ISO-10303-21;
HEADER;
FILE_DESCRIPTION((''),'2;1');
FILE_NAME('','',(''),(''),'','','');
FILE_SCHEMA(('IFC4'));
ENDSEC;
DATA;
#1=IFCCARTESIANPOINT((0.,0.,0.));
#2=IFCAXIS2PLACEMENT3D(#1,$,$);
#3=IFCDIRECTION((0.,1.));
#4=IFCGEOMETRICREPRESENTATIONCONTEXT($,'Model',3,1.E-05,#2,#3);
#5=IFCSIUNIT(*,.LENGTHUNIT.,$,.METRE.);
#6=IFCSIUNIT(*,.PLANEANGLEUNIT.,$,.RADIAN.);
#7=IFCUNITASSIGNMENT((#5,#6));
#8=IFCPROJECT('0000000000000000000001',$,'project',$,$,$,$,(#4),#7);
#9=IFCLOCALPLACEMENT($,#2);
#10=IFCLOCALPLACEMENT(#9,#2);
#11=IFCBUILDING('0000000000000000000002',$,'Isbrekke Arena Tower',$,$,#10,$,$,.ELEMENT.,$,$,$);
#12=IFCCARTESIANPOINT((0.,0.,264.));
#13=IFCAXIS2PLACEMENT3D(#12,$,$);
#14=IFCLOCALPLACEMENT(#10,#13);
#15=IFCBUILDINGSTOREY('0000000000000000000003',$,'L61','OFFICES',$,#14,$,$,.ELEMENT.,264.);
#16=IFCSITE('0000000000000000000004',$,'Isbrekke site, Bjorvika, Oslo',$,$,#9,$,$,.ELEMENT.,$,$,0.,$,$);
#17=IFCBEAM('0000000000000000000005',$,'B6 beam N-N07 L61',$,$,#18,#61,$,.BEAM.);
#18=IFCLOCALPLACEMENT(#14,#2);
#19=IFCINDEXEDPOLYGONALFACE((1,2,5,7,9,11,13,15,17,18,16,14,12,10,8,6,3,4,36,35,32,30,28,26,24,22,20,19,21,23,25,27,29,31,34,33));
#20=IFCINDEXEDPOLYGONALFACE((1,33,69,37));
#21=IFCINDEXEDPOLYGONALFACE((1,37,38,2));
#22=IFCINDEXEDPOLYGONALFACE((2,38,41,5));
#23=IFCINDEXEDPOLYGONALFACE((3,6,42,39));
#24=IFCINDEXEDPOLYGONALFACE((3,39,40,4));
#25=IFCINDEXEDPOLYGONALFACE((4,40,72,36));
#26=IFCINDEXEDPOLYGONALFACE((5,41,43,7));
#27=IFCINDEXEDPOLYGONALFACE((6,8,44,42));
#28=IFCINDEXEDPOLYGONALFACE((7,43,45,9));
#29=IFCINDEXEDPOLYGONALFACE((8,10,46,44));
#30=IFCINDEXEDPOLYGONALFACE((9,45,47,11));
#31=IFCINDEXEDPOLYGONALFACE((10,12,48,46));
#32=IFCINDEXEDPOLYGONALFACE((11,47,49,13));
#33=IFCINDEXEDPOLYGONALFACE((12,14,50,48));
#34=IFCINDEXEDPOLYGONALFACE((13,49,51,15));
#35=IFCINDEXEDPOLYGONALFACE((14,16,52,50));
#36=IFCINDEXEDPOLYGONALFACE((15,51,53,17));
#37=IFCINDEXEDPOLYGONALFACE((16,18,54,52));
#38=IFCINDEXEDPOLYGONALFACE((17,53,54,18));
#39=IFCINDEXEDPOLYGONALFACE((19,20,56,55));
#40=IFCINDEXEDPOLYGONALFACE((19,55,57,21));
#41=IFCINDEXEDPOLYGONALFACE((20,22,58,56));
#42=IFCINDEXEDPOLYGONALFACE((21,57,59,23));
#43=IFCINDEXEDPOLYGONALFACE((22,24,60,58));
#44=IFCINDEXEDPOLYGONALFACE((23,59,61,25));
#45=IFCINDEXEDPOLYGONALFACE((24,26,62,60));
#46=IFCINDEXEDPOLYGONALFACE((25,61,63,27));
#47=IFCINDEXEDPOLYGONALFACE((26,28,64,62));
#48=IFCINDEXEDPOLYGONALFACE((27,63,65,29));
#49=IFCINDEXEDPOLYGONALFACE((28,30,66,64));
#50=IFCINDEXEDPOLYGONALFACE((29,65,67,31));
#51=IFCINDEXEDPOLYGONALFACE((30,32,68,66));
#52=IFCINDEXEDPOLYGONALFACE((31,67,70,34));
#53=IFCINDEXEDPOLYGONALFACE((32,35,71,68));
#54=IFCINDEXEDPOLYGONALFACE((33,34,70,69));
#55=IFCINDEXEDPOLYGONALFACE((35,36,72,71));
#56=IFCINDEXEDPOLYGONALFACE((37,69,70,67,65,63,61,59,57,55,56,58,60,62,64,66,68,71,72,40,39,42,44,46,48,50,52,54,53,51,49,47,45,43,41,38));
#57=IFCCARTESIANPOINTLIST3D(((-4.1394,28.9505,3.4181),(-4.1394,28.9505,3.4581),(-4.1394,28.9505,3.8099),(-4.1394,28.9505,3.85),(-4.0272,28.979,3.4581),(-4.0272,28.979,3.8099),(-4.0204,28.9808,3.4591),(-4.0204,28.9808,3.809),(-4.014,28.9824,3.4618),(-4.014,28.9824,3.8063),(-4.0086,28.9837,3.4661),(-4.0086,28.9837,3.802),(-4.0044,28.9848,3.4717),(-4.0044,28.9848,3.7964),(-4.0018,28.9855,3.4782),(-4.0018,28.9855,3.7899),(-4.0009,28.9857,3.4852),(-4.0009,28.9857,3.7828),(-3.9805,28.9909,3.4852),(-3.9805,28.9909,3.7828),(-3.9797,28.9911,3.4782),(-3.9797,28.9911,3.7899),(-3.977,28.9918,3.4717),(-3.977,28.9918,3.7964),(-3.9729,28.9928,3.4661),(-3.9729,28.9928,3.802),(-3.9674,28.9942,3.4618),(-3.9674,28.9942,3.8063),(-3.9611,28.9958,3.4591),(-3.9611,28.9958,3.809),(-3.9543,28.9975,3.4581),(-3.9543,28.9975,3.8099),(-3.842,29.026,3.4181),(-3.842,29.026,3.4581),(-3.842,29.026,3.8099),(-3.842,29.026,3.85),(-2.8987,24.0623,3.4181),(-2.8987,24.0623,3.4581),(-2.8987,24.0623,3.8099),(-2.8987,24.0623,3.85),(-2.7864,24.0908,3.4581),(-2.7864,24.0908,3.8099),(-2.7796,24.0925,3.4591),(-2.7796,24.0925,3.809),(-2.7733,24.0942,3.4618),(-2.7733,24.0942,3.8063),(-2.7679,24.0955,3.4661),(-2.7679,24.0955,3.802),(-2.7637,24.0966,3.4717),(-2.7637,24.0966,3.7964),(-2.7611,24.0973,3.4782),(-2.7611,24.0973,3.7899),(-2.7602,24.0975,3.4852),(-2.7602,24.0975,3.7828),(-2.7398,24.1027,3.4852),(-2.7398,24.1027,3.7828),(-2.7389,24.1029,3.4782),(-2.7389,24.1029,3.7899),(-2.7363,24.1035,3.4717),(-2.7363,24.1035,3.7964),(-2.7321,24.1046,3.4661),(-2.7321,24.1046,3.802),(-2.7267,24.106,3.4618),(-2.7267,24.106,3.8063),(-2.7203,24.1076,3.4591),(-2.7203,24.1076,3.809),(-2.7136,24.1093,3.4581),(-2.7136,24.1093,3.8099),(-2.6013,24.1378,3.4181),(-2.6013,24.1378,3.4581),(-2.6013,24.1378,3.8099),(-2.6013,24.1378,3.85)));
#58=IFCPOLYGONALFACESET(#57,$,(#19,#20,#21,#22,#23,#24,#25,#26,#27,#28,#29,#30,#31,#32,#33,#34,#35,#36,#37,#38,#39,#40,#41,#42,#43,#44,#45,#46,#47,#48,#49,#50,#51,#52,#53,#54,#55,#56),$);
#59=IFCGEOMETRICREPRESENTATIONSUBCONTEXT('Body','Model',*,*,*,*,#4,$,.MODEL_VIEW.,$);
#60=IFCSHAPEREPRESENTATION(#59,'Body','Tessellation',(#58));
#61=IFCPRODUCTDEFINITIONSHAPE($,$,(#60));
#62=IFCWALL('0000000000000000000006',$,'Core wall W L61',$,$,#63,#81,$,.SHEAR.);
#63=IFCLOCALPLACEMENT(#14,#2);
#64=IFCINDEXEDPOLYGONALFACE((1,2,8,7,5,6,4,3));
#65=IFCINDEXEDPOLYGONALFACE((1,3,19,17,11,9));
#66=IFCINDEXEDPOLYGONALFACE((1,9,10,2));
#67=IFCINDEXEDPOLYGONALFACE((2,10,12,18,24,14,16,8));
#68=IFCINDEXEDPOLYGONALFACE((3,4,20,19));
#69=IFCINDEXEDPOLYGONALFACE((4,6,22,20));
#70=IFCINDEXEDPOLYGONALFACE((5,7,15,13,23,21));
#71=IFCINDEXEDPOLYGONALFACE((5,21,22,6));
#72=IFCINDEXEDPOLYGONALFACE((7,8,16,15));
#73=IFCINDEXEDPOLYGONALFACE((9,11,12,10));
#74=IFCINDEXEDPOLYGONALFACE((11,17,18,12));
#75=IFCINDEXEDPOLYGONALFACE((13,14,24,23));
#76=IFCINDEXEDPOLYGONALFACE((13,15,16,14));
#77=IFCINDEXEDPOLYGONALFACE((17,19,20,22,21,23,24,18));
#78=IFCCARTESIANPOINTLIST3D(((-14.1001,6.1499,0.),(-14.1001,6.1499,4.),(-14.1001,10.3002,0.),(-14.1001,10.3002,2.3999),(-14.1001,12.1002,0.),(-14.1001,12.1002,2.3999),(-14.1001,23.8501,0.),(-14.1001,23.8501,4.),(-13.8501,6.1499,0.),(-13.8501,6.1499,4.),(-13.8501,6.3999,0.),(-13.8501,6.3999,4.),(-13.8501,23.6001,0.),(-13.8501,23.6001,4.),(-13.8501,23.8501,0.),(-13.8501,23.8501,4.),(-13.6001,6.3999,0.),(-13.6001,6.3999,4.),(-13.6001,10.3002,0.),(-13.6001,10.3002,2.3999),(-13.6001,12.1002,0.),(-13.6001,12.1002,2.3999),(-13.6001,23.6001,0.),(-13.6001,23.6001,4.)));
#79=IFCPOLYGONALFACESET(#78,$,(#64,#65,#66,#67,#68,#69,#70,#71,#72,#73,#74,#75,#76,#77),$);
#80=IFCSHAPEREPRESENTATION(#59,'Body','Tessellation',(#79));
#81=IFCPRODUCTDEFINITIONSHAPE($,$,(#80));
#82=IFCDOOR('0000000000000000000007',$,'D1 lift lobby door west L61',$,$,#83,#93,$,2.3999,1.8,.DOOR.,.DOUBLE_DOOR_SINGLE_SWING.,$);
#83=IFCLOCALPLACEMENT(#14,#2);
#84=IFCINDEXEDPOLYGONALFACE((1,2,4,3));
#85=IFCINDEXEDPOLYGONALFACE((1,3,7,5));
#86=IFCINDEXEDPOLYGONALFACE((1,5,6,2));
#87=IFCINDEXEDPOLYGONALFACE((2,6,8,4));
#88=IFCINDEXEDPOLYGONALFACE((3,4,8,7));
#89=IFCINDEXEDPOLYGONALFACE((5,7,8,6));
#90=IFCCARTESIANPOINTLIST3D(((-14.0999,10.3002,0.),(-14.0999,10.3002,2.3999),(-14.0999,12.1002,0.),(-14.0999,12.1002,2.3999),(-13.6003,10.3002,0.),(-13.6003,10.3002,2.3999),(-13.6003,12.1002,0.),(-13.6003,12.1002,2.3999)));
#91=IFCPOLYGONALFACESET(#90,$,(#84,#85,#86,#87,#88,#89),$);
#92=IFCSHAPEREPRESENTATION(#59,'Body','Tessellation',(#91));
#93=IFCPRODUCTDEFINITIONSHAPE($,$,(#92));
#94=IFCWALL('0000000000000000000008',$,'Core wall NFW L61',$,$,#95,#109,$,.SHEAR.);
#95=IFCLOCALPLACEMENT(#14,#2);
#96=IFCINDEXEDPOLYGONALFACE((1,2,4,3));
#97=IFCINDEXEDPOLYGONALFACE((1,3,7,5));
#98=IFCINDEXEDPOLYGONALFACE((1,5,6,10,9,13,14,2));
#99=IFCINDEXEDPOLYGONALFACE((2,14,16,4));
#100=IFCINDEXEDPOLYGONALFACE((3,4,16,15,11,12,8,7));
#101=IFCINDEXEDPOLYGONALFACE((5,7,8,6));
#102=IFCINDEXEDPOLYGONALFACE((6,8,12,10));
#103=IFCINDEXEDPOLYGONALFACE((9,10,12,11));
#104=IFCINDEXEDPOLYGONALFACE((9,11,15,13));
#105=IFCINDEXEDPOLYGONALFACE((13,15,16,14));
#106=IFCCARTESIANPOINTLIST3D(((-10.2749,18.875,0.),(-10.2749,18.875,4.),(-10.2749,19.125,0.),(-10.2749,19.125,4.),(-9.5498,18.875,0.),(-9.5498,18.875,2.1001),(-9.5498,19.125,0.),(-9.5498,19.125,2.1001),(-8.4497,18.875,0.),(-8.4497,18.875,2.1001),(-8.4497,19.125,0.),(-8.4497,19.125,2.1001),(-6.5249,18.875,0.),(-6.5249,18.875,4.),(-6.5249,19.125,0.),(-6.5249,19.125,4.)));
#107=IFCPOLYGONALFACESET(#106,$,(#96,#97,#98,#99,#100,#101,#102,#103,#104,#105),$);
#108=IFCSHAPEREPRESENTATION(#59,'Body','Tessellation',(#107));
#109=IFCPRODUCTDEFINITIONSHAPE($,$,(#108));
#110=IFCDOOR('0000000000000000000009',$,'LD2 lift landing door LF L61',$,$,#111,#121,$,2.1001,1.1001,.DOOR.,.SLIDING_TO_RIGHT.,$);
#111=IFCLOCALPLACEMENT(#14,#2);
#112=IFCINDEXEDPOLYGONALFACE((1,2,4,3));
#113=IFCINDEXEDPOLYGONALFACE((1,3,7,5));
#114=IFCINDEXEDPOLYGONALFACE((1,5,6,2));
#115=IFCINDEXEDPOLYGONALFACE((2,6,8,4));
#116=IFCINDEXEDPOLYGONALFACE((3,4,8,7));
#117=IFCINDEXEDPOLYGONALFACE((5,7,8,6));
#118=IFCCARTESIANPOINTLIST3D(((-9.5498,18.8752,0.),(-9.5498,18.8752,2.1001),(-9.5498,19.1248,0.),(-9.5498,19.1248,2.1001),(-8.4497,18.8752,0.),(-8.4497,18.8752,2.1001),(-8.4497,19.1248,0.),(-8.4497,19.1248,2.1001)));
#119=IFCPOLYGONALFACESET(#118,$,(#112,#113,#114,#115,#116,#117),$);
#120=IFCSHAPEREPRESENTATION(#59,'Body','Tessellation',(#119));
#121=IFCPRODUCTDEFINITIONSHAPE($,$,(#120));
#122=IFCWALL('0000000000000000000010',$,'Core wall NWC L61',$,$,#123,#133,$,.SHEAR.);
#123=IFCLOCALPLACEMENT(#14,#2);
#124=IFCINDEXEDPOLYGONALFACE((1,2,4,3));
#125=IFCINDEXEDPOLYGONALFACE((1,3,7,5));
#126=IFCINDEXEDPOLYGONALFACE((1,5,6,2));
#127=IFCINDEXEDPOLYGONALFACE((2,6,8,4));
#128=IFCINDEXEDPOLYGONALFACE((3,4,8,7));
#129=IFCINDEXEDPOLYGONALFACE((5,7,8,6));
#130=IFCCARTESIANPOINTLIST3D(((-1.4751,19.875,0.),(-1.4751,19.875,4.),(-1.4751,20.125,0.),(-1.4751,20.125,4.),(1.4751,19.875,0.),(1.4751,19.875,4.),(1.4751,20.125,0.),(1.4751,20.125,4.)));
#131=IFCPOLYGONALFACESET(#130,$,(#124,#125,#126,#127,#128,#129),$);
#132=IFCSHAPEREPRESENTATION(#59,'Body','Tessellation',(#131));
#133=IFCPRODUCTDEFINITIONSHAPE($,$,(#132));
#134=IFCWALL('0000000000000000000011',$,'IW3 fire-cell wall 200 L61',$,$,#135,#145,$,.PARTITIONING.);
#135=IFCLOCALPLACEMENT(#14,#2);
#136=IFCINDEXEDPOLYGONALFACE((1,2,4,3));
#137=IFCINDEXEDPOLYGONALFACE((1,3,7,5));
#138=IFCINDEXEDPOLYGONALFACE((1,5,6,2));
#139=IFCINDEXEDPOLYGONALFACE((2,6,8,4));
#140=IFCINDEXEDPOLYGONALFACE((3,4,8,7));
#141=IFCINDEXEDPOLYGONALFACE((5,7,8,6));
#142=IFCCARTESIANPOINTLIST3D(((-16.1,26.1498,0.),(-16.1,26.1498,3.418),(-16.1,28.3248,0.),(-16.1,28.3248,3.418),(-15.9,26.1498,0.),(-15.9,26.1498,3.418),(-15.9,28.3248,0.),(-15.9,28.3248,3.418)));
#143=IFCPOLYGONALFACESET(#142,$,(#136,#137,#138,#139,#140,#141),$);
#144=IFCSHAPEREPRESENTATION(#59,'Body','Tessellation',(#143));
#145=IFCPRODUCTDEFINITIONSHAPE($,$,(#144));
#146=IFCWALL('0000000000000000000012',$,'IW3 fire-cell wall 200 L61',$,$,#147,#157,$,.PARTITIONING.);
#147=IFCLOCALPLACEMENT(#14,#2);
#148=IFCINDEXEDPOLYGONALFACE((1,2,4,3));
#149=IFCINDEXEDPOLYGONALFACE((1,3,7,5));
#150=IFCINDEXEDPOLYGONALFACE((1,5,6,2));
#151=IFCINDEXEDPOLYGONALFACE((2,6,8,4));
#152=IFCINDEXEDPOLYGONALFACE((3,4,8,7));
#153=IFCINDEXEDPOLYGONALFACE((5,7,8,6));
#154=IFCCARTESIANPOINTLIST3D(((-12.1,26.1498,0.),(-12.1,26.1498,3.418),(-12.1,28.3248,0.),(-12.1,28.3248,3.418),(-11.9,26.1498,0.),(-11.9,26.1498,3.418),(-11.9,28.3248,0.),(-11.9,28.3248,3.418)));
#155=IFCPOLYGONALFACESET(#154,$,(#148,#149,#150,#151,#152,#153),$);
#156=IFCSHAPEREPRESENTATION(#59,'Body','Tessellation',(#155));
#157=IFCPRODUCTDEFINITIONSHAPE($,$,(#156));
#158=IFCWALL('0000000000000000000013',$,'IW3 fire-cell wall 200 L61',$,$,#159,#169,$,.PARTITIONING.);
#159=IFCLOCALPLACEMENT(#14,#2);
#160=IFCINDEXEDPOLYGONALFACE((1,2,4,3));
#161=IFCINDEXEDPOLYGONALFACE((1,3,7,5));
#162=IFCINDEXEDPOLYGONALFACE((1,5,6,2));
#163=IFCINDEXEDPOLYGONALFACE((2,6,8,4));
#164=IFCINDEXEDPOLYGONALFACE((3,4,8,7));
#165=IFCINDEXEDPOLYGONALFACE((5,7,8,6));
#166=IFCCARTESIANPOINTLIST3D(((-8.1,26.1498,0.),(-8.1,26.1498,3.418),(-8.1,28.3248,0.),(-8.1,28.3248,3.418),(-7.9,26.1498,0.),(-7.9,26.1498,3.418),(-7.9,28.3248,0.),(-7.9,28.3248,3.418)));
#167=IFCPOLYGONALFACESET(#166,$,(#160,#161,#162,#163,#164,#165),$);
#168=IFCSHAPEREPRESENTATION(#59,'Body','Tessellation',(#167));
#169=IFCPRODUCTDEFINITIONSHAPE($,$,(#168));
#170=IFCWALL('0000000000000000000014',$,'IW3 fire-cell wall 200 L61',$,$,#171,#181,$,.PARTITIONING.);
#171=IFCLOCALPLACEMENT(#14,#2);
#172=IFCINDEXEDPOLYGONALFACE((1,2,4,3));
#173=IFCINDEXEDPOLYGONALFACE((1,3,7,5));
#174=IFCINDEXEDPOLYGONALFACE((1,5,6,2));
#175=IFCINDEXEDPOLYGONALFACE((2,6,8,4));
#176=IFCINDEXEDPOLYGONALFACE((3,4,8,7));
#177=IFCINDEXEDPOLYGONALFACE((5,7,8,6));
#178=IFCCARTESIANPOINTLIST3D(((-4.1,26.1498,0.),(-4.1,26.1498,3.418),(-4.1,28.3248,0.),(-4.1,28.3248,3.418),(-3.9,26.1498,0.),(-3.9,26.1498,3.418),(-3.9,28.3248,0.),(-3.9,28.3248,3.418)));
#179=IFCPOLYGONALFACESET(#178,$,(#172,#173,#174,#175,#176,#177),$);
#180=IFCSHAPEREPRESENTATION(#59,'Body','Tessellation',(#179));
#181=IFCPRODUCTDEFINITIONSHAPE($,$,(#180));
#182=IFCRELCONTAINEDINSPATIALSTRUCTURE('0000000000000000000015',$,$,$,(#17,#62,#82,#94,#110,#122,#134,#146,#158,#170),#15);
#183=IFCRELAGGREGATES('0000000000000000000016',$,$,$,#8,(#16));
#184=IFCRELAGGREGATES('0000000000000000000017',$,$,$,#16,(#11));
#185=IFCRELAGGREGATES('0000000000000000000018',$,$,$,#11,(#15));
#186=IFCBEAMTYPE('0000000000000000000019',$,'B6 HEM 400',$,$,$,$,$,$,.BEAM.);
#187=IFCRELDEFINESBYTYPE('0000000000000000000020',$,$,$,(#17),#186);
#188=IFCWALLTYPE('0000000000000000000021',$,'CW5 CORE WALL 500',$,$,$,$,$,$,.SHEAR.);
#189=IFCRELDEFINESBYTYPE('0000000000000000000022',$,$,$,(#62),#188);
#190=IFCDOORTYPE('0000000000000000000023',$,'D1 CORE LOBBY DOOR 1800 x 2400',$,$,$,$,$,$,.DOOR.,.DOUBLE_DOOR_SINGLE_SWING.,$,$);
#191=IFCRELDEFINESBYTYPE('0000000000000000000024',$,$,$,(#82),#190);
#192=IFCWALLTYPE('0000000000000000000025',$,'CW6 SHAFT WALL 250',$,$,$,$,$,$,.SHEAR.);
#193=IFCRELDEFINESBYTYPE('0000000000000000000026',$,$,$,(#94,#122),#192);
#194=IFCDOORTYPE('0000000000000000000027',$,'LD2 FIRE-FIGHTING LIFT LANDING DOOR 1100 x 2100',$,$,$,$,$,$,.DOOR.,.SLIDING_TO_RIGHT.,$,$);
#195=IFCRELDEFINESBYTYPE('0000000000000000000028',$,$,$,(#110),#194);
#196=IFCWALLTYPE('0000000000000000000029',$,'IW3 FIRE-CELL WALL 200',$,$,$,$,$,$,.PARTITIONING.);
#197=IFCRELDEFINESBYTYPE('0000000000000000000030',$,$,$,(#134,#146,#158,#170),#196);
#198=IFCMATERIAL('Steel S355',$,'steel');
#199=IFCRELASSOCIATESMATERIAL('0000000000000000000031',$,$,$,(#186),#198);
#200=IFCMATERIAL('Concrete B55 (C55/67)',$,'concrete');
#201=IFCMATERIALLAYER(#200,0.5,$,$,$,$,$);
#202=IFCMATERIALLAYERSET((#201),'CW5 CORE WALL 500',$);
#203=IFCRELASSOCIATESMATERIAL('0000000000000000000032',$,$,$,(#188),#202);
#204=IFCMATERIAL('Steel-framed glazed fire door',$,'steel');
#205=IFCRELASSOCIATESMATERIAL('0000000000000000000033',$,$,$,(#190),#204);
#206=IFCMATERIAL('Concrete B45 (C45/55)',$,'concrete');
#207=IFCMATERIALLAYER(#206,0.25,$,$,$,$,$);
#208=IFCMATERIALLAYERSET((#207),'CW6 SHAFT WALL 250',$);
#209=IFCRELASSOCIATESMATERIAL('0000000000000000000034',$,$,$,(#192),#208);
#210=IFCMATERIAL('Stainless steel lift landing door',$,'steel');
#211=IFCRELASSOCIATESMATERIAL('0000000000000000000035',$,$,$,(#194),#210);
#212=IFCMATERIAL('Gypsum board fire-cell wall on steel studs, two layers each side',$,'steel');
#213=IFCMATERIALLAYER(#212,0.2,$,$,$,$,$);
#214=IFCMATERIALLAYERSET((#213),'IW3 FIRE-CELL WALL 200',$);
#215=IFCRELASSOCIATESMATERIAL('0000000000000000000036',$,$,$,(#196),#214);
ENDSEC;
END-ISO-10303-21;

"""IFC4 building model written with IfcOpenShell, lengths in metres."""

from ifc_helpers import new_model, si_unit, direction, frame, frame_2d, origin, origin_2d, place, context, subcontext, project, spatial, polyline, rectangle, i_section, outline, extrude, material, layer, layer_set, material_profile, profile_set, type_object, element, fill, save


model = new_model("IFC4")

# Units and contexts
model_context = context("Model", 3, precision=1e-05, world=origin(), true_north=direction((0.0, 1.0)))
body_context = subcontext(model_context, "Body", "Model", "MODEL_VIEW")
ifc_project = project(units=[si_unit("LENGTHUNIT", "METRE"), si_unit("PLANEANGLEUNIT", "RADIAN")], contexts=[model_context])

# Site, building, storey
site_placement = place(None, origin())
site = spatial("IfcSite", under=ifc_project, at=site_placement, Name="Isbrekke site, Bjorvika, Oslo", CompositionType="ELEMENT", RefElevation=0.0)
building_placement = place(site_placement, origin())
building = spatial("IfcBuilding", under=site, at=building_placement, Name="Isbrekke Arena Tower", CompositionType="ELEMENT")
storey_placement = place(building_placement, frame((0.0, 0.0, 264.0)))
storey = spatial("IfcBuildingStorey", under=building, at=storey_placement, Name="L61", Description="OFFICES", CompositionType="ELEMENT", Elevation=264.0)

# Beam
ifc_material_1 = material(Name="Steel S355", Category="steel")
ifc_material_profile = material_profile(ifc_material_1, i_section(OverallWidth=0.3069, OverallDepth=0.4319, WebThickness=0.021, FlangeThickness=0.04, FilletRadius=0.0271, at=origin_2d()), Name="HEM 400")
ifc_profile_set = profile_set([ifc_material_profile], Name="Steel S355")
beam_type = type_object("IfcBeamType", Name="B6 HEM 400", PredefinedType="BEAM", material=ifc_profile_set)
beam_placement = place(storey_placement, frame((-3.9907, 28.9883, 3.634), z_axis=(0.24602, -0.969265, 0.0), x_axis=(0.969265, 0.24602, 0.0)))
element("IfcBeam", 1, at=beam_placement, inside=storey, type_object=beam_type, Name="B6 beam N-N07 L61", PredefinedType="BEAM", context=body_context, shape_type="SweptSolid", body=[
    extrude(i_section(OverallWidth=0.3069, OverallDepth=0.4319, WebThickness=0.021, FlangeThickness=0.04, FilletRadius=0.0271, at=origin_2d()), origin(), (0.0, 0.0, 1.0), 5.0432),
])

# Walls, openings, doors
ifc_material_2 = material(Name="Concrete B55 (C55/67)", Category="concrete")
ifc_layer_1 = layer(ifc_material_2, 0.5)
ifc_layer_set_1 = layer_set([ifc_layer_1], Name="CW5 CORE WALL 500")
wall_type_1 = type_object("IfcWallType", Name="CW5 CORE WALL 500", PredefinedType="SHEAR", material=ifc_layer_set_1)
wall_1_placement = place(storey_placement, frame((-13.8501, 23.8501, 0.0), z_axis=(0.0, 0.0, 1.0), x_axis=(0.0, -1.0, 0.0)))
wall_1 = element("IfcWall", 2, at=wall_1_placement, inside=storey, type_object=wall_type_1, Name="Core wall W L61", PredefinedType="SHEAR", context=body_context, shape_type="SweptSolid", body=[
    extrude(outline(polyline([(0.0, -0.25), (17.7002, -0.25), (17.7002, 0.0), (17.4502, 0.0), (17.4502, 0.25), (0.25, 0.25), (0.25, 0.0), (0.0, 0.0), (0.0, -0.25)])), origin(), (0.0, 0.0, 1.0), 4.0),
])
opening_1_placement = place(wall_1_placement, frame((11.75, 0.0, 0.0)))
opening_1 = element("IfcOpeningElement", 3, at=opening_1_placement, cuts=wall_1, PredefinedType="OPENING", context=body_context, shape_type="SweptSolid", body=[
    extrude(rectangle(XDim=1.8, YDim=2.3999, at=frame_2d((0.8999, 1.2))), frame((0.0, 0.2649, 0.0), z_axis=(0.0, -1.0, 0.0), x_axis=(1.0, 0.0, 0.0)), (0.0, 0.0, 1.0), 0.5298),
])
ifc_material_3 = material(Name="Steel-framed glazed fire door", Category="steel")
door_type_1 = type_object("IfcDoorType", Name="D1 CORE LOBBY DOOR 1800 x 2400", OperationType="DOUBLE_DOOR_SINGLE_SWING", PredefinedType="DOOR", material=ifc_material_3)
door_1_placement = place(opening_1_placement, origin())
door_1 = element("IfcDoor", 4, at=door_1_placement, inside=storey, type_object=door_type_1, Name="D1 lift lobby door west L61", OperationType="DOUBLE_DOOR_SINGLE_SWING", OverallHeight=2.3999, OverallWidth=1.8, PredefinedType="DOOR", context=body_context, shape_type="SweptSolid", body=[
    extrude(rectangle(XDim=1.8, YDim=2.3999, at=frame_2d((0.8999, 1.2))), frame((0.0, 0.2498, 0.0), z_axis=(0.0, -1.0, 0.0), x_axis=(1.0, 0.0, 0.0)), (0.0, 0.0, 1.0), 0.4995),
])
fill(opening_1, door_1)
ifc_material_4 = material(Name="Concrete B45 (C45/55)", Category="concrete")
ifc_layer_2 = layer(ifc_material_4, 0.25)
ifc_layer_set_2 = layer_set([ifc_layer_2], Name="CW6 SHAFT WALL 250")
wall_type_2 = type_object("IfcWallType", Name="CW6 SHAFT WALL 250", PredefinedType="SHEAR", material=ifc_layer_set_2)
wall_2_placement = place(storey_placement, frame((-10.2749, 19.0, 0.0), z_axis=(0.0, 0.0, 1.0), x_axis=(1.0, 0.0, 0.0)))
wall_2 = element("IfcWall", 5, at=wall_2_placement, inside=storey, type_object=wall_type_2, Name="Core wall NFW L61", PredefinedType="SHEAR", context=body_context, shape_type="SweptSolid", body=[
    extrude(rectangle(XDim=3.75, YDim=0.25, at=frame_2d((1.875, 0.0))), origin(), (0.0, 0.0, 1.0), 4.0),
])
opening_2_placement = place(wall_2_placement, frame((0.7251, 0.0, 0.0)))
opening_2 = element("IfcOpeningElement", 6, at=opening_2_placement, cuts=wall_2, PredefinedType="OPENING", context=body_context, shape_type="SweptSolid", body=[
    extrude(rectangle(XDim=1.1001, YDim=2.1001, at=frame_2d((0.55, 1.05))), frame((0.0, 0.1399, 0.0), z_axis=(0.0, -1.0, 0.0), x_axis=(1.0, 0.0, 0.0)), (0.0, 0.0, 1.0), 0.2798),
])
ifc_material_5 = material(Name="Stainless steel lift landing door", Category="steel")
door_type_2 = type_object("IfcDoorType", Name="LD2 FIRE-FIGHTING LIFT LANDING DOOR 1100 x 2100", OperationType="SLIDING_TO_RIGHT", PredefinedType="DOOR", material=ifc_material_5)
door_2_placement = place(opening_2_placement, origin())
door_2 = element("IfcDoor", 7, at=door_2_placement, inside=storey, type_object=door_type_2, Name="LD2 lift landing door LF L61", OperationType="SLIDING_TO_RIGHT", OverallHeight=2.1001, OverallWidth=1.1001, PredefinedType="DOOR", context=body_context, shape_type="SweptSolid", body=[
    extrude(rectangle(XDim=1.1001, YDim=2.1001, at=frame_2d((0.55, 1.05))), frame((0.0, 0.1248, 0.0), z_axis=(0.0, -1.0, 0.0), x_axis=(1.0, 0.0, 0.0)), (0.0, 0.0, 1.0), 0.2495),
])
fill(opening_2, door_2)

# Wall
wall_3_placement = place(storey_placement, frame((-1.4751, 20.0, 0.0), z_axis=(0.0, 0.0, 1.0), x_axis=(1.0, 0.0, 0.0)))
element("IfcWall", 8, at=wall_3_placement, inside=storey, type_object=wall_type_2, Name="Core wall NWC L61", PredefinedType="SHEAR", context=body_context, shape_type="SweptSolid", body=[
    extrude(rectangle(XDim=2.9502, YDim=0.25, at=frame_2d((1.4751, 0.0))), origin(), (0.0, 0.0, 1.0), 4.0),
])

# Shared definitions
ifc_material_6 = material(Name="Gypsum board fire-cell wall on steel studs, two layers each side", Category="steel")
ifc_layer_3 = layer(ifc_material_6, 0.2)
ifc_layer_set_3 = layer_set([ifc_layer_3], Name="IW3 FIRE-CELL WALL 200")
wall_type_3 = type_object("IfcWallType", Name="IW3 FIRE-CELL WALL 200", PredefinedType="PARTITIONING", material=ifc_layer_set_3)

# Walls
for number, where, z_axis, x_axis, name in (
    (9, (-16.0, 26.1499, 0.0), (0.0, 0.0, 1.0), (0.0, 1.0, 0.0), "IW3 fire-cell wall 200 L61"),
    (10, (-12.0, 26.1499, 0.0), (0.0, 0.0, 1.0), (0.0, 1.0, 0.0), "IW3 fire-cell wall 200 L61"),
    (11, (-8.0, 26.1499, 0.0), (0.0, 0.0, 1.0), (0.0, 1.0, 0.0), "IW3 fire-cell wall 200 L61"),
    (12, (-4.0, 26.1499, 0.0), (0.0, 0.0, 1.0), (0.0, 1.0, 0.0), "IW3 fire-cell wall 200 L61"),
):
    element("IfcWall", number, at=place(storey_placement, frame(where, z_axis=z_axis, x_axis=x_axis)), inside=storey, type_object=wall_type_3, Name=name, PredefinedType="PARTITIONING", context=body_context, shape_type="SweptSolid", body=[
        extrude(rectangle(XDim=2.175, YDim=0.2, at=frame_2d((1.0874, 0.0))), origin(), (0.0, 0.0, 1.0), 3.418),
    ])

save(model, "model.ifc")
